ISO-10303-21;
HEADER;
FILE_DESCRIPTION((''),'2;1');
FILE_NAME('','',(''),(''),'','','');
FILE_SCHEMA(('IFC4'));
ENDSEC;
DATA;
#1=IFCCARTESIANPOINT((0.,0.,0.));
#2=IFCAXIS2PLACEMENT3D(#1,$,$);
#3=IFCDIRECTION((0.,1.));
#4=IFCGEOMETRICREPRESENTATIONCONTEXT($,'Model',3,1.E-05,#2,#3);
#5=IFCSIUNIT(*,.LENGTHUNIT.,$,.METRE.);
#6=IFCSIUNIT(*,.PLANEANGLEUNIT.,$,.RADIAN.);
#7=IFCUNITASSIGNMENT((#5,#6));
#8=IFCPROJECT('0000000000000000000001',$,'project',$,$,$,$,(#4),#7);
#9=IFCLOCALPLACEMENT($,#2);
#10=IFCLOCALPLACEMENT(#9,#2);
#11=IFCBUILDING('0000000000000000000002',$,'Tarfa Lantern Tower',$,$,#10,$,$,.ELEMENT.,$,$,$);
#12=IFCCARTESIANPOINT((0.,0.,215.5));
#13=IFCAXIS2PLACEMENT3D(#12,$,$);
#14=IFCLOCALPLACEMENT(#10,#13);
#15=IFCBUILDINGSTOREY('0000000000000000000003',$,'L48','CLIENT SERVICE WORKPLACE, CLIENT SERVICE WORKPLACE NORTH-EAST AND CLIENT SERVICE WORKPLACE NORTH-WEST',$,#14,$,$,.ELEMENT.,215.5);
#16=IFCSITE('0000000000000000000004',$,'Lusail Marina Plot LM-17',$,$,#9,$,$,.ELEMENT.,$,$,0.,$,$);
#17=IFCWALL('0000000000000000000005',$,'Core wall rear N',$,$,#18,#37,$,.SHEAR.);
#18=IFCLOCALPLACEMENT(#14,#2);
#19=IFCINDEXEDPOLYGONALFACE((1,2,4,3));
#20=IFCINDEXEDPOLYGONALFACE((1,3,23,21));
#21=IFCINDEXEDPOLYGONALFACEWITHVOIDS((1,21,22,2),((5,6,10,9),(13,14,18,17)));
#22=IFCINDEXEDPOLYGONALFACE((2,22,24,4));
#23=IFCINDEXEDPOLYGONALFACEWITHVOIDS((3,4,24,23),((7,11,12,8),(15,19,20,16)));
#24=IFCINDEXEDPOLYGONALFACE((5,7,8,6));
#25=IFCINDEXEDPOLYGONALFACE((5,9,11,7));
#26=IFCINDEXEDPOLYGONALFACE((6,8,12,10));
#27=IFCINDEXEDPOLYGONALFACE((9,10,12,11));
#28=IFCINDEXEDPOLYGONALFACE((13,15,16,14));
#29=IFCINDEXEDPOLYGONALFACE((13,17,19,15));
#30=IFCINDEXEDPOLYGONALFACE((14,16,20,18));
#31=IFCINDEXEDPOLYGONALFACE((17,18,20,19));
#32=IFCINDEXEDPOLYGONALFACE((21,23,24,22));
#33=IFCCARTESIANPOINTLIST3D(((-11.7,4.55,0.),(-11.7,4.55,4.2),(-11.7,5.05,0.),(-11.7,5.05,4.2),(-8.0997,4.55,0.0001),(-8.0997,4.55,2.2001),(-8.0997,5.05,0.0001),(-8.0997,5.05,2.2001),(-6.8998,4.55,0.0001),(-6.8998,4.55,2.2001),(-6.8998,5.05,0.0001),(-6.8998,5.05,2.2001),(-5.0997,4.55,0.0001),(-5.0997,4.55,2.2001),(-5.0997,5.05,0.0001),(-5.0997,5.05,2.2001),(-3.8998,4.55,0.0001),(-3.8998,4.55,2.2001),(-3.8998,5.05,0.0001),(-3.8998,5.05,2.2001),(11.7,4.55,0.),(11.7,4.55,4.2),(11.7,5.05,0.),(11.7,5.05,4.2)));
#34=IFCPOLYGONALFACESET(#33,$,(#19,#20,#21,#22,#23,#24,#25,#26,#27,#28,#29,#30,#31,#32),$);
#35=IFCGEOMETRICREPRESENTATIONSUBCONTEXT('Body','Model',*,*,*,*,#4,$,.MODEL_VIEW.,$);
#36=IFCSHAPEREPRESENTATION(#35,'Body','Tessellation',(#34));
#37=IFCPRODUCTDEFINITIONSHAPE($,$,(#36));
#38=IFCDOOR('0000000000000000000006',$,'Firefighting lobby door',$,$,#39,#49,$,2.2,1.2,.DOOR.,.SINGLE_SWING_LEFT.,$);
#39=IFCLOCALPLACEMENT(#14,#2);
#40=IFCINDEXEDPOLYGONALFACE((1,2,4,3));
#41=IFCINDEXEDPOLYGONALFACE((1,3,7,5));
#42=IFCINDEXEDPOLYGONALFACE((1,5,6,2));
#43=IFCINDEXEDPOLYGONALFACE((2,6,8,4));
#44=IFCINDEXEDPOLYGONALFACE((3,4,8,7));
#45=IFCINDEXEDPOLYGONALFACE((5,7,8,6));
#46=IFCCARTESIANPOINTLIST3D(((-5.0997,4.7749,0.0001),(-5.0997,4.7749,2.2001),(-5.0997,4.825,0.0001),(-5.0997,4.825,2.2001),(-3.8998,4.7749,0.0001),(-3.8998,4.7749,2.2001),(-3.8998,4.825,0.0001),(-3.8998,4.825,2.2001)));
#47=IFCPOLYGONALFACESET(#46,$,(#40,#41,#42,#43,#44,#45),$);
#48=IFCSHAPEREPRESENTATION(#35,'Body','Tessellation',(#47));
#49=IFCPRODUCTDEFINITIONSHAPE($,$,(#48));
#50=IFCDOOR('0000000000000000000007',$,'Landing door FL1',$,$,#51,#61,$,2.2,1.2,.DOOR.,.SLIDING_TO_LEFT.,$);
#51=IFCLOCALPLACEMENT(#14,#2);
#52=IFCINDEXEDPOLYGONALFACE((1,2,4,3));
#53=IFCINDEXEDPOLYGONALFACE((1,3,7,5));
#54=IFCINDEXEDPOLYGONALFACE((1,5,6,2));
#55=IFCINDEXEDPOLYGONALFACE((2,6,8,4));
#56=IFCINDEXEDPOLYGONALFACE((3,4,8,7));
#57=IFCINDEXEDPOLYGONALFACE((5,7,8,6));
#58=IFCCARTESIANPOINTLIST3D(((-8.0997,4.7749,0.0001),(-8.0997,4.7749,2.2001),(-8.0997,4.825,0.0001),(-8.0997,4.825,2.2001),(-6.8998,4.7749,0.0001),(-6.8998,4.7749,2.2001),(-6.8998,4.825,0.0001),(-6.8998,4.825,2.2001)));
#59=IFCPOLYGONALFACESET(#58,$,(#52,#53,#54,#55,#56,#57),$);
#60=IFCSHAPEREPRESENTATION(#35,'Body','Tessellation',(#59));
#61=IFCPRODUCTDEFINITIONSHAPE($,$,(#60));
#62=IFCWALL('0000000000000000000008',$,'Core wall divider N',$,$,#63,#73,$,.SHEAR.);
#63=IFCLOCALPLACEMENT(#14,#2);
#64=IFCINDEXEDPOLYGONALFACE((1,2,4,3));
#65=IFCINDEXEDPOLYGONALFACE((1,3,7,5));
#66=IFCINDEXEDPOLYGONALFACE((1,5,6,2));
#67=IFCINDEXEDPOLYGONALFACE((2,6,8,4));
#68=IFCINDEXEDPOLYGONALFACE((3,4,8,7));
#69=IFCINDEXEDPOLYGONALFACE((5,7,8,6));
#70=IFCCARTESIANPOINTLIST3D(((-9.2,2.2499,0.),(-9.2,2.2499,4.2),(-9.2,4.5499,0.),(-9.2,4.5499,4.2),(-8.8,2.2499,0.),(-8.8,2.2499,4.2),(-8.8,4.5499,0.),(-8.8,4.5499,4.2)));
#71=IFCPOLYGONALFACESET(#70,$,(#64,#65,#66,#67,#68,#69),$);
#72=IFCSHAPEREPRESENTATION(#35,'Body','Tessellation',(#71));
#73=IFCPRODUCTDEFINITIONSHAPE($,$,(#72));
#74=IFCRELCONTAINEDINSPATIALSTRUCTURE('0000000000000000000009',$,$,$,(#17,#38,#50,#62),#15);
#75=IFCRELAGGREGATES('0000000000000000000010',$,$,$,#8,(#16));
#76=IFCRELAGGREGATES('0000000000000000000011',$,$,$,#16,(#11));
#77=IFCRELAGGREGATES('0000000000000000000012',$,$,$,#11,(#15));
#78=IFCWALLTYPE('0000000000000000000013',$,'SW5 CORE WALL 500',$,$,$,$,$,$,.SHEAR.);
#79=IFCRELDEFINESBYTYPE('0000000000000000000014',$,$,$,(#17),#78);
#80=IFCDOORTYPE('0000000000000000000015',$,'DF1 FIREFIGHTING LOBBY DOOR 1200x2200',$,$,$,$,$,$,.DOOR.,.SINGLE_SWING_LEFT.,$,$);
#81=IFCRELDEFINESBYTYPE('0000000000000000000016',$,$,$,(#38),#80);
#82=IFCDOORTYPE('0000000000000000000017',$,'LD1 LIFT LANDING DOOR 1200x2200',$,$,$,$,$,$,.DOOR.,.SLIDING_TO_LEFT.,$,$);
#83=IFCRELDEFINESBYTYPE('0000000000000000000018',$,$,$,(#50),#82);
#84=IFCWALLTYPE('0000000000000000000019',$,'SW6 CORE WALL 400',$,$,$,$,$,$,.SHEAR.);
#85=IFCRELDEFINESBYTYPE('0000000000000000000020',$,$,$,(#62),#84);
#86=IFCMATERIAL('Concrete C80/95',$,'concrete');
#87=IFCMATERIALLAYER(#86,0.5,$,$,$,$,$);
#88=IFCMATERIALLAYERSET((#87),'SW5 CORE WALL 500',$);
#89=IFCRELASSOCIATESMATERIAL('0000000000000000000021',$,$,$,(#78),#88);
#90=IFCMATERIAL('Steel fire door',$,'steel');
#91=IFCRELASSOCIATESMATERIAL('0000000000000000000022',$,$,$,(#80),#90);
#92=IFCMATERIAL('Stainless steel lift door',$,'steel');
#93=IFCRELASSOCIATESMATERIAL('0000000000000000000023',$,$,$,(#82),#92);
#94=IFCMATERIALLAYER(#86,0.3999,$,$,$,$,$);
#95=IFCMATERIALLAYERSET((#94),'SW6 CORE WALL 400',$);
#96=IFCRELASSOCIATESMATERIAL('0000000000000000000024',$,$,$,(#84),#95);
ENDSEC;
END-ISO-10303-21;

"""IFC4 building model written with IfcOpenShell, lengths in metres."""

from ifc_helpers import new_model, si_unit, direction, frame, frame_2d, origin, place, context, subcontext, project, spatial, rectangle, extrude, material, layer, layer_set, type_object, element, fill, save


model = new_model("IFC4")

# Units and contexts
model_context = context("Model", 3, precision=1e-05, world=origin(), true_north=direction((0.0, 1.0)))
body_context = subcontext(model_context, "Body", "Model", "MODEL_VIEW")
ifc_project = project(units=[si_unit("LENGTHUNIT", "METRE"), si_unit("PLANEANGLEUNIT", "RADIAN")], contexts=[model_context])

# Site, building, storey
site_placement = place(None, origin())
site = spatial("IfcSite", under=ifc_project, at=site_placement, Name="Lusail Marina Plot LM-17", CompositionType="ELEMENT", RefElevation=0.0)
building_placement = place(site_placement, origin())
building = spatial("IfcBuilding", under=site, at=building_placement, Name="Tarfa Lantern Tower", CompositionType="ELEMENT")
storey_placement = place(building_placement, frame((0.0, 0.0, 215.5)))
storey = spatial("IfcBuildingStorey", under=building, at=storey_placement, Name="L48", Description="CLIENT SERVICE WORKPLACE, CLIENT SERVICE WORKPLACE NORTH-EAST AND CLIENT SERVICE WORKPLACE NORTH-WEST", CompositionType="ELEMENT", Elevation=215.5)

# Shared definitions
ifc_material_1 = material(Name="Concrete C80/95", Category="concrete")
ifc_material_2 = material(Name="Steel fire door", Category="steel")

# Shared definitions
ifc_layer_1 = layer(ifc_material_1, 0.5)
ifc_layer_set_1 = layer_set([ifc_layer_1], Name="SW5 CORE WALL 500")
wall_type_1 = type_object("IfcWallType", Name="SW5 CORE WALL 500", PredefinedType="SHEAR", material=ifc_layer_set_1)

# Wall, openings, doors
wall_1_placement = place(storey_placement, frame((-11.7, 4.8, 0.0), z_axis=(0.0, 0.0, 1.0), x_axis=(1.0, 0.0, 0.0)))
wall_1 = element("IfcWall", 1, at=wall_1_placement, inside=storey, type_object=wall_type_1, Name="Core wall rear N", PredefinedType="SHEAR", context=body_context, shape_type="SweptSolid", body=[
    extrude(rectangle(XDim=23.3999, YDim=0.5, at=frame_2d((11.7, 0.0))), origin(), (0.0, 0.0, 1.0), 4.2),
])
opening_1_placement = place(wall_1_placement, frame((6.6001, 0.0, 0.0)))
opening_1 = element("IfcOpeningElement", 2, at=opening_1_placement, cuts=wall_1, PredefinedType="OPENING", context=body_context, shape_type="SweptSolid", body=[
    extrude(rectangle(XDim=1.2, YDim=2.2, at=frame_2d((0.6001, 1.1001))), frame((0.0, 0.26, 0.0), z_axis=(0.0, -1.0, 0.0), x_axis=(1.0, 0.0, 0.0)), (0.0, 0.0, 1.0), 0.52),
])
opening_2_placement = place(wall_1_placement, frame((3.6001, 0.0, 0.0)))
opening_2 = element("IfcOpeningElement", 3, at=opening_2_placement, cuts=wall_1, PredefinedType="OPENING", context=body_context, shape_type="SweptSolid", body=[
    extrude(rectangle(XDim=1.2, YDim=2.2, at=frame_2d((0.6001, 1.1001))), frame((0.0, 0.26, 0.0), z_axis=(0.0, -1.0, 0.0), x_axis=(1.0, 0.0, 0.0)), (0.0, 0.0, 1.0), 0.52),
])
door_type_1 = type_object("IfcDoorType", Name="DF1 FIREFIGHTING LOBBY DOOR 1200x2200", OperationType="SINGLE_SWING_LEFT", PredefinedType="DOOR", material=ifc_material_2)
door_1_placement = place(opening_1_placement, origin())
door_1 = element("IfcDoor", 4, at=door_1_placement, inside=storey, type_object=door_type_1, Name="Firefighting lobby door", OperationType="SINGLE_SWING_LEFT", OverallHeight=2.2, OverallWidth=1.2, PredefinedType="DOOR", context=body_context, shape_type="SweptSolid", body=[
    extrude(rectangle(XDim=1.2, YDim=2.2, at=frame_2d((0.6001, 1.1001))), frame((0.0, 0.0249, 0.0), z_axis=(0.0, -1.0, 0.0), x_axis=(1.0, 0.0, 0.0)), (0.0, 0.0, 1.0), 0.05),
])
fill(opening_1, door_1)
ifc_material_3 = material(Name="Stainless steel lift door", Category="steel")
door_type_2 = type_object("IfcDoorType", Name="LD1 LIFT LANDING DOOR 1200x2200", OperationType="SLIDING_TO_LEFT", PredefinedType="DOOR", material=ifc_material_3)
door_2_placement = place(opening_2_placement, origin())
door_2 = element("IfcDoor", 5, at=door_2_placement, inside=storey, type_object=door_type_2, Name="Landing door FL1", OperationType="SLIDING_TO_LEFT", OverallHeight=2.2, OverallWidth=1.2, PredefinedType="DOOR", context=body_context, shape_type="SweptSolid", body=[
    extrude(rectangle(XDim=1.2, YDim=2.2, at=frame_2d((0.6001, 1.1001))), frame((0.0, 0.0249, 0.0), z_axis=(0.0, -1.0, 0.0), x_axis=(1.0, 0.0, 0.0)), (0.0, 0.0, 1.0), 0.05),
])
fill(opening_2, door_2)

# Wall
ifc_layer_2 = layer(ifc_material_1, 0.3999)
ifc_layer_set_2 = layer_set([ifc_layer_2], Name="SW6 CORE WALL 400")
wall_type_2 = type_object("IfcWallType", Name="SW6 CORE WALL 400", PredefinedType="SHEAR", material=ifc_layer_set_2)
wall_2_placement = place(storey_placement, frame((-9.0, 2.25, 0.0), z_axis=(0.0, 0.0, 1.0), x_axis=(0.0, 1.0, 0.0)))
element("IfcWall", 6, at=wall_2_placement, inside=storey, type_object=wall_type_2, Name="Core wall divider N", PredefinedType="SHEAR", context=body_context, shape_type="SweptSolid", body=[
    extrude(rectangle(XDim=2.3, YDim=0.3999, at=frame_2d((1.1499, 0.0))), origin(), (0.0, 0.0, 1.0), 4.2),
])

save(model, "model.ifc")
